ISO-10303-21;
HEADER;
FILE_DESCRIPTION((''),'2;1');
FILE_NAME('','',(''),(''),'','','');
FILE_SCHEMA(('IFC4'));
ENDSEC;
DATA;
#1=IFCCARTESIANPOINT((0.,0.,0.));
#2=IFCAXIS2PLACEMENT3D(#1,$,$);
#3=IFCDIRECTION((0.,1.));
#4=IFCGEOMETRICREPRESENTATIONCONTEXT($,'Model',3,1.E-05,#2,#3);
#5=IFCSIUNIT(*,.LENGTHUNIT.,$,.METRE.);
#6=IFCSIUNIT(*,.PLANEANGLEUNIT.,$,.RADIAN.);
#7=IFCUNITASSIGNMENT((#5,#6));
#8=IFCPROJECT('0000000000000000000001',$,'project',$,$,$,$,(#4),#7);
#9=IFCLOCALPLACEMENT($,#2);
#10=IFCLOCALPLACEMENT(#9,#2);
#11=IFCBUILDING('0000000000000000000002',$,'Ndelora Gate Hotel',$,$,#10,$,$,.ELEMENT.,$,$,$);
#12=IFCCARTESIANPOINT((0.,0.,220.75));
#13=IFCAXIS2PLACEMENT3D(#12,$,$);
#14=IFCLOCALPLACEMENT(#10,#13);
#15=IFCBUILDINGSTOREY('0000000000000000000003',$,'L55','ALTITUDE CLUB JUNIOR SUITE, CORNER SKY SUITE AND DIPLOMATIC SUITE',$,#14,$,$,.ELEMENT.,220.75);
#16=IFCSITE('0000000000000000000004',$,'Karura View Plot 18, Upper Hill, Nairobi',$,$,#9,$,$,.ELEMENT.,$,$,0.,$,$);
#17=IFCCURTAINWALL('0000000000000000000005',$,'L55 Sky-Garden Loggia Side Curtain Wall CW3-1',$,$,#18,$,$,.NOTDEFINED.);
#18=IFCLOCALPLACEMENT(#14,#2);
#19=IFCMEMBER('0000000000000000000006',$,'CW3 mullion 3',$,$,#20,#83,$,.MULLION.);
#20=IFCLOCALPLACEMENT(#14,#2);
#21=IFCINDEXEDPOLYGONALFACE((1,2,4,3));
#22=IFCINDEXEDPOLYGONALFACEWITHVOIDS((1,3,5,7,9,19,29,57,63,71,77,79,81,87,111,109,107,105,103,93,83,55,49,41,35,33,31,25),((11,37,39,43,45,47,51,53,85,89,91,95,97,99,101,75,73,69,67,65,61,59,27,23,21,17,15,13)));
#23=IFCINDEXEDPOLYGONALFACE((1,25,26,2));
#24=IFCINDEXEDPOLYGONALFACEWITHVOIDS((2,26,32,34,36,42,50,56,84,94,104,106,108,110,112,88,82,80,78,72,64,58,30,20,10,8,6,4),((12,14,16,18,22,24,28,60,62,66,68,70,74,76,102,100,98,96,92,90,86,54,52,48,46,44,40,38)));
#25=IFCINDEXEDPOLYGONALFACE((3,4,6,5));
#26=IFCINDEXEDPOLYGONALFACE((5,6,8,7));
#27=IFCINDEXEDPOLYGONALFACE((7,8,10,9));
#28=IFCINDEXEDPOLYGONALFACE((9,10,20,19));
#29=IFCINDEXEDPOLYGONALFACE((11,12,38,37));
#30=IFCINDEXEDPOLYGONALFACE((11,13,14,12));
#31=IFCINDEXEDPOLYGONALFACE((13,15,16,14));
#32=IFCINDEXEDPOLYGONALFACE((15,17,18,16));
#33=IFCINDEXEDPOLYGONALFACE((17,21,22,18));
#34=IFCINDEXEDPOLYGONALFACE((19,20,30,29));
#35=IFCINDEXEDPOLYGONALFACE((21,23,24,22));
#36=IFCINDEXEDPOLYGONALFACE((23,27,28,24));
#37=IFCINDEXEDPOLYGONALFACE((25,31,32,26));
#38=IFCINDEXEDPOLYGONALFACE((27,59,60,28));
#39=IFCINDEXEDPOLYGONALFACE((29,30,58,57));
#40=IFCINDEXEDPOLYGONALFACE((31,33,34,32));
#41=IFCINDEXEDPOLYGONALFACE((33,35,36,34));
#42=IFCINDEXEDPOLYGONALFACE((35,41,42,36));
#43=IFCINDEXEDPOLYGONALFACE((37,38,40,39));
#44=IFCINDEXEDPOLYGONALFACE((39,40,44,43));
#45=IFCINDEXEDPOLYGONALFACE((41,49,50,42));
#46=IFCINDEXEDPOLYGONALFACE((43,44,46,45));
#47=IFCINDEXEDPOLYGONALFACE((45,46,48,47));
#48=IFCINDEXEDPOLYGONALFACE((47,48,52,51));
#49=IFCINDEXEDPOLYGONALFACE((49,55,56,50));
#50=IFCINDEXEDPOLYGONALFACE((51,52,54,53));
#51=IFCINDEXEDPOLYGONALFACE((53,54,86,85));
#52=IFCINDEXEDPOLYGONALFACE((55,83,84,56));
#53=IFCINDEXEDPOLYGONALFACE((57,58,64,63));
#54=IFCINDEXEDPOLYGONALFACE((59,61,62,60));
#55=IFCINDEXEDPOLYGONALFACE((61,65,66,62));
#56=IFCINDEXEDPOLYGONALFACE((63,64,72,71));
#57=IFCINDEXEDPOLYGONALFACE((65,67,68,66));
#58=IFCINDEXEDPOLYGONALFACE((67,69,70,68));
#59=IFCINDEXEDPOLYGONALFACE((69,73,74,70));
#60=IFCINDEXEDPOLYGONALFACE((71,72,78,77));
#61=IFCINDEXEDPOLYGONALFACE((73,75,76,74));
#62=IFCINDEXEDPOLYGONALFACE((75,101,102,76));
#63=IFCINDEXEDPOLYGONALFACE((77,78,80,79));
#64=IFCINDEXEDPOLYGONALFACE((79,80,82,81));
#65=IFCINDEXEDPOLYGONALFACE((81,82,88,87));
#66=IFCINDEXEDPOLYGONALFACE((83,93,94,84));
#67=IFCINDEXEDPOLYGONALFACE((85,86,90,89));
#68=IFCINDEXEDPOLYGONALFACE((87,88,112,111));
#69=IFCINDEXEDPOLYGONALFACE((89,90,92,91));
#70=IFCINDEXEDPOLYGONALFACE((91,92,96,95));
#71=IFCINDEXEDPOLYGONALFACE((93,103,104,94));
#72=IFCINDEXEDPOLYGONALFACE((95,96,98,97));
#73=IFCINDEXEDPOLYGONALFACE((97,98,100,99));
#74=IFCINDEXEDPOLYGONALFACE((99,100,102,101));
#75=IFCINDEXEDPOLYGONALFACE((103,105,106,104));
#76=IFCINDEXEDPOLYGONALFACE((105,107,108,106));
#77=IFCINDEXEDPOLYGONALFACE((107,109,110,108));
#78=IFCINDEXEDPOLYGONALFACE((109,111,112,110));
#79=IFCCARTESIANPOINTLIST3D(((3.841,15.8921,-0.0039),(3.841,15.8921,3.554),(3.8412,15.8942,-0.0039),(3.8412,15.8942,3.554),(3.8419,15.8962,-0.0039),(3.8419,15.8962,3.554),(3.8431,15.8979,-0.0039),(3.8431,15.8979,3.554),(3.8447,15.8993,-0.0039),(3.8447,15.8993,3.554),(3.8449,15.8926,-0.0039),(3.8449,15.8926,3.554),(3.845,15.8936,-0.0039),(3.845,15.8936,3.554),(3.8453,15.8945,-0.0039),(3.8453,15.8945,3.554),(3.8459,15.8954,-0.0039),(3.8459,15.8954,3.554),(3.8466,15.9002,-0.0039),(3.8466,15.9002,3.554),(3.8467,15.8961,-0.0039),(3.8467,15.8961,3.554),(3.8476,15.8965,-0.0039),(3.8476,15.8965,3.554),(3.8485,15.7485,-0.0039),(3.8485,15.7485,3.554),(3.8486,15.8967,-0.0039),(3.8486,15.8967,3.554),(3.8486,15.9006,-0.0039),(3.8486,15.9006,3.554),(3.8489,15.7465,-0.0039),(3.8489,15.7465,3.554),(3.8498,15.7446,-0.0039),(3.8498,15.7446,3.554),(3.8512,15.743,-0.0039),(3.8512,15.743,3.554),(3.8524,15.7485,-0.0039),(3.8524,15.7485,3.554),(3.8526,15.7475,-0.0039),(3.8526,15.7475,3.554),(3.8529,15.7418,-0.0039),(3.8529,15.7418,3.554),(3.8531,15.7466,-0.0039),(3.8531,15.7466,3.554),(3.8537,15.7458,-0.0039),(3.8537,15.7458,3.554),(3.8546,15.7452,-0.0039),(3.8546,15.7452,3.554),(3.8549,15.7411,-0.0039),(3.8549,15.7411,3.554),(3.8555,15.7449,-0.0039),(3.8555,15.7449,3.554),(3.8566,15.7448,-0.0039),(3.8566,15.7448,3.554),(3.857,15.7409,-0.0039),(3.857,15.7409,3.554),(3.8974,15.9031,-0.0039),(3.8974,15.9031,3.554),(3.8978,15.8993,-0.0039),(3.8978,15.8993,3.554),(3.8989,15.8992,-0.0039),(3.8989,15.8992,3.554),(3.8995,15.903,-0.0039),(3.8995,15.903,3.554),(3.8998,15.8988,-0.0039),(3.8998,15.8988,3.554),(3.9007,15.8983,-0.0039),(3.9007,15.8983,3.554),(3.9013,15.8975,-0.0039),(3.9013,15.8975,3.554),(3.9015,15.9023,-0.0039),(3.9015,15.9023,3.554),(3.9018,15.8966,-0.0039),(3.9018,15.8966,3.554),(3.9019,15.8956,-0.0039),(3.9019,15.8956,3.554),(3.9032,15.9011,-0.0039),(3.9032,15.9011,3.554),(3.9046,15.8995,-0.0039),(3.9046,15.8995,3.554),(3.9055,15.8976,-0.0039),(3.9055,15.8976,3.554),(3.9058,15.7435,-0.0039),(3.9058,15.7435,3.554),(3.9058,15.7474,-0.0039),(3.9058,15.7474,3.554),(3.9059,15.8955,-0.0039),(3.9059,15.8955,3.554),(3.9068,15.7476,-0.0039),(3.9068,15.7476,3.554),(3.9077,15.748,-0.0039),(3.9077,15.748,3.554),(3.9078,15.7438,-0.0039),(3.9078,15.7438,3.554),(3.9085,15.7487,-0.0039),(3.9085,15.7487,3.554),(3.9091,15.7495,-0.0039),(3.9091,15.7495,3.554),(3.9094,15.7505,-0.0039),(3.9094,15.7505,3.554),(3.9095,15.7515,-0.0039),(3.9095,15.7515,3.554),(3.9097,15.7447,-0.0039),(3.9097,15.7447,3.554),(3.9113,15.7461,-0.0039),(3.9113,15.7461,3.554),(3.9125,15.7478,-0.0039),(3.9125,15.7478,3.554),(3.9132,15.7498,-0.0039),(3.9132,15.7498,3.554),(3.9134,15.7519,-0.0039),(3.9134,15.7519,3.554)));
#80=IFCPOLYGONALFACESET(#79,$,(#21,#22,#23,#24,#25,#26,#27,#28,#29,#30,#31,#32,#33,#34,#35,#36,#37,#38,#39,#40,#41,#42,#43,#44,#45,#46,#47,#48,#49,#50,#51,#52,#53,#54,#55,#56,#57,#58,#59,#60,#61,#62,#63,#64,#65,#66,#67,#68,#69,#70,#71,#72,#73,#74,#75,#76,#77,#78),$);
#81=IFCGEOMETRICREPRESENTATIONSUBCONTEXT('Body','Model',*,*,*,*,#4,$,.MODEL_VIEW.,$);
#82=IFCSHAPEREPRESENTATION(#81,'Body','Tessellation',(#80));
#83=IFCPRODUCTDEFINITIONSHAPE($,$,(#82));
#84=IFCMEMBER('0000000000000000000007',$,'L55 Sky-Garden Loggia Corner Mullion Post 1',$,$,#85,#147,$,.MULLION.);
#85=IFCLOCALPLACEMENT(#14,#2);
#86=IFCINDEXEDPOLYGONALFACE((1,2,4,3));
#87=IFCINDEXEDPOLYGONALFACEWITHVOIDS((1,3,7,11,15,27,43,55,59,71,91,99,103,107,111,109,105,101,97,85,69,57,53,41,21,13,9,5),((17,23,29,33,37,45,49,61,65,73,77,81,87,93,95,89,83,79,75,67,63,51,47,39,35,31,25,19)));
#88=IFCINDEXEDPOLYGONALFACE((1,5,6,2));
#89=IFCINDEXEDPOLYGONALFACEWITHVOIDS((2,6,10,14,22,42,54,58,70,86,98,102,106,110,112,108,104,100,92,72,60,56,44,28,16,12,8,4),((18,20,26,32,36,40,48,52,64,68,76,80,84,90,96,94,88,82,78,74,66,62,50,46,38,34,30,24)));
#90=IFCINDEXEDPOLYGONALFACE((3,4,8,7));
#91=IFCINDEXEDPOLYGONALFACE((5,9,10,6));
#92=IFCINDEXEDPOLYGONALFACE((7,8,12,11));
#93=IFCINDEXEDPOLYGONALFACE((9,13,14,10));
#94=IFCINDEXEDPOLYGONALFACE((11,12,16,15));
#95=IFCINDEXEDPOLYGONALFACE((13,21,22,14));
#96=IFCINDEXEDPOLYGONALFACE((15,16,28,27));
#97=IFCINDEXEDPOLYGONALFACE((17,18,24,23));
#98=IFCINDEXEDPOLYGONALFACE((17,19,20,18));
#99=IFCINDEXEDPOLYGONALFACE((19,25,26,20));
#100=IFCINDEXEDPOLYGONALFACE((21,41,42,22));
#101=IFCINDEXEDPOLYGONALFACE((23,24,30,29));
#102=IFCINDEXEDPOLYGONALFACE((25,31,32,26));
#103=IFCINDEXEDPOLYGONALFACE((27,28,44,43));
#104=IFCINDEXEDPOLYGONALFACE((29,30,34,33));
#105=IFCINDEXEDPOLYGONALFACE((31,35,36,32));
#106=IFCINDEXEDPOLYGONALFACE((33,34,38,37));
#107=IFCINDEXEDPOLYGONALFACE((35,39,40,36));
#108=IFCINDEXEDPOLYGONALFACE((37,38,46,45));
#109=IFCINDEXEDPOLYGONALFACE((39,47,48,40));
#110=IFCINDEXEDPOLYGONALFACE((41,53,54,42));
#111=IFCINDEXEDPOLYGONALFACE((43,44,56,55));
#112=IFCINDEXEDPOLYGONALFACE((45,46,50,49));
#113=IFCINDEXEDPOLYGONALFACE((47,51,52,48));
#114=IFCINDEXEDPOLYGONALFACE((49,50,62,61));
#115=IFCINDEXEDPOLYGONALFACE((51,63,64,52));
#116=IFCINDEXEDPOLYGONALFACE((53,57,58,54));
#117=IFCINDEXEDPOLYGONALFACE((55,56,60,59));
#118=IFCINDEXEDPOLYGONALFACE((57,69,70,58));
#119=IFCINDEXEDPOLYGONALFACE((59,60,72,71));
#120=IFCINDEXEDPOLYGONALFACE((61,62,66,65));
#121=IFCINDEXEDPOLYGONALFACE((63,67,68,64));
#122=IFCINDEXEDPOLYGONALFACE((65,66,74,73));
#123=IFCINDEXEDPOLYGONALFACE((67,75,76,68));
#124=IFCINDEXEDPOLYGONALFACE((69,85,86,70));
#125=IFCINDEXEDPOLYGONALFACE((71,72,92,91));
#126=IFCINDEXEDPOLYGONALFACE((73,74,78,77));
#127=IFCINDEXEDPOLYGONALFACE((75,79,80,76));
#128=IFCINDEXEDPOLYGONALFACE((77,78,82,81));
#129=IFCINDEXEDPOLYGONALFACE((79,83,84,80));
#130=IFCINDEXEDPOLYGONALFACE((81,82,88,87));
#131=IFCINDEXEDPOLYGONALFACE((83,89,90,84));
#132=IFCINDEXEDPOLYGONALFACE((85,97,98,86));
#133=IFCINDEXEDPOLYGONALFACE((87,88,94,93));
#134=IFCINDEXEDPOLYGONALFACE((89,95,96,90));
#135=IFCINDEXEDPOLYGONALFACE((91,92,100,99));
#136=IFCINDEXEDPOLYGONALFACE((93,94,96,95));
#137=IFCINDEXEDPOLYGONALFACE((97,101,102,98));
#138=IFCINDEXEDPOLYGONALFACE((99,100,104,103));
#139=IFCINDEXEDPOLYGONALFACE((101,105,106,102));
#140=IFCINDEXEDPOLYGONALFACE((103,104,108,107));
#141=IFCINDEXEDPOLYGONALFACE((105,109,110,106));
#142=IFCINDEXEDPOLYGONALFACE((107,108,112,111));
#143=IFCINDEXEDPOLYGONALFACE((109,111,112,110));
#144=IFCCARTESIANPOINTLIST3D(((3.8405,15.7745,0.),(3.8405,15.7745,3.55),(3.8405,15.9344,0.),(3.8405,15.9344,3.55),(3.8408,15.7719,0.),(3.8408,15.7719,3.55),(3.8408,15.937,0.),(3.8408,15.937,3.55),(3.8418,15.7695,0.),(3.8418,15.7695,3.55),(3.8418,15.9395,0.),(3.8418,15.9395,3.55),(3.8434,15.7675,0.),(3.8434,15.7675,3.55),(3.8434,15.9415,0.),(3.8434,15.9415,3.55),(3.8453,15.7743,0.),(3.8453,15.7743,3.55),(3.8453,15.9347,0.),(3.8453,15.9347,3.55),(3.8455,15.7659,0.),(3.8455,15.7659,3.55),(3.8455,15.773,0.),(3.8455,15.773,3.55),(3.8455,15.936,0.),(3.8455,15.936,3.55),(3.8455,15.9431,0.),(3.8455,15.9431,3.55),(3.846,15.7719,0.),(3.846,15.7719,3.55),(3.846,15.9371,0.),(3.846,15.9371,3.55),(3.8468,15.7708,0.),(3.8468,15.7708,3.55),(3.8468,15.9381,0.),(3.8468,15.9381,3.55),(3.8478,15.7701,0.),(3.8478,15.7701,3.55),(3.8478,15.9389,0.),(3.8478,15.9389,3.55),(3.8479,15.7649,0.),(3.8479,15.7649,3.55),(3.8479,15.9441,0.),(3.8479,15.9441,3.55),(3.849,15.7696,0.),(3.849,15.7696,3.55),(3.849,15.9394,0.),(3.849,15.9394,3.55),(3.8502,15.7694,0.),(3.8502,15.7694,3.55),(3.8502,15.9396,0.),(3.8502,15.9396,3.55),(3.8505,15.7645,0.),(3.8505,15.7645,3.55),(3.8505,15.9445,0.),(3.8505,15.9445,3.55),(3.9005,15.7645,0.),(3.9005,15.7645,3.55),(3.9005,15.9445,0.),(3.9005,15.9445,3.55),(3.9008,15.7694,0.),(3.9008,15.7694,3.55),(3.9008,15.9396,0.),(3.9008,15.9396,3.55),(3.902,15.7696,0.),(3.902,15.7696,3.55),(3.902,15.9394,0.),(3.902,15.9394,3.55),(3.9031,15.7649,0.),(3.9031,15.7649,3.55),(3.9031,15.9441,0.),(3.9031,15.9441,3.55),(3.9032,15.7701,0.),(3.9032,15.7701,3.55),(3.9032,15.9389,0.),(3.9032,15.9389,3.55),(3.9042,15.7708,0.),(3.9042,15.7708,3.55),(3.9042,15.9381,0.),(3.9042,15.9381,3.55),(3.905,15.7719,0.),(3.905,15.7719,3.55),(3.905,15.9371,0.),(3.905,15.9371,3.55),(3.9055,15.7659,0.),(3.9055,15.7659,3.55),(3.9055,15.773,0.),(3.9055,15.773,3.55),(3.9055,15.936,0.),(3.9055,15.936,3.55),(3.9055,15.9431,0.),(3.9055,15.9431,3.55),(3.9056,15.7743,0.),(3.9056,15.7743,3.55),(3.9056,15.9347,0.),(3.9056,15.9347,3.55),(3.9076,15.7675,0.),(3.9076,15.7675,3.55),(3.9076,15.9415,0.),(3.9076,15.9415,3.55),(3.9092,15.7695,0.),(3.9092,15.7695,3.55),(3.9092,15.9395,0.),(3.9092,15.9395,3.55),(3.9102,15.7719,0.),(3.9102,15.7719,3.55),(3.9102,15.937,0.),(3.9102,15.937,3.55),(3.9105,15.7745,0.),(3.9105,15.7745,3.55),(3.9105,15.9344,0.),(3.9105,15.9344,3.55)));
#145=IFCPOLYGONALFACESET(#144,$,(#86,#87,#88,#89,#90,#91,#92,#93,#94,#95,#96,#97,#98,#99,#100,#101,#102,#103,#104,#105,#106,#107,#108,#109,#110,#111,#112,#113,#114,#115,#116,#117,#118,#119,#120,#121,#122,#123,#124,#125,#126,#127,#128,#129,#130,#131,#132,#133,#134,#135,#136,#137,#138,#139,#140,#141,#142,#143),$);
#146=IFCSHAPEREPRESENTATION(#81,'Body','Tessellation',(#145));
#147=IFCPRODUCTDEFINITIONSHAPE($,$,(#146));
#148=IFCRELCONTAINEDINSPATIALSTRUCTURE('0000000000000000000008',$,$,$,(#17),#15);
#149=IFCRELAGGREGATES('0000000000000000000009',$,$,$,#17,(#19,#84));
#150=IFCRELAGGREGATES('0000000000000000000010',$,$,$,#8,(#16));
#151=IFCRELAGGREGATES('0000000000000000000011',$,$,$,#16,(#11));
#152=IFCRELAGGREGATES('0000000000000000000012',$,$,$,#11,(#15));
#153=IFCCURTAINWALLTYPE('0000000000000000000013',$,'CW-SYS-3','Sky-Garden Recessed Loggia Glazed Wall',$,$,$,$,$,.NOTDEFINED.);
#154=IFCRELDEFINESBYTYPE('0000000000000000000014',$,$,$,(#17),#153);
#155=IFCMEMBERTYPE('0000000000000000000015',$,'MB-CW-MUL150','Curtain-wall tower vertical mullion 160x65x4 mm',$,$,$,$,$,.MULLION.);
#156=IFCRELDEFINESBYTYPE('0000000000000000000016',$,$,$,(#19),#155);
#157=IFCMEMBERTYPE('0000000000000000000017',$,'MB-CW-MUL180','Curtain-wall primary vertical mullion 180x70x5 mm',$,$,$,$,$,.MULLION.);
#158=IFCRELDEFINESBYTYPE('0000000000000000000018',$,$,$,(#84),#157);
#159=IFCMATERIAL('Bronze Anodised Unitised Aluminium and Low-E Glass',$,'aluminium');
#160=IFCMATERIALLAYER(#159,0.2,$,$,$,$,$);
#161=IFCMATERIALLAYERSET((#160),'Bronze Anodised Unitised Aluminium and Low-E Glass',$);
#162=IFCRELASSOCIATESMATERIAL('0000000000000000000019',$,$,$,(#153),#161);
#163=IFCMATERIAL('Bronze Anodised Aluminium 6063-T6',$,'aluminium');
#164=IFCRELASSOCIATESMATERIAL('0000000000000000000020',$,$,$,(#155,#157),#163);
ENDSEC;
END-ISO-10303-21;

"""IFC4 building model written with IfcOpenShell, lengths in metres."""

from ifc_helpers import new_model, si_unit, direction, frame, origin, origin_2d, place, context, subcontext, project, spatial, hollow_rectangle, extrude, material, layer, layer_set, material_profile, profile_set, type_object, element, aggregate, save


model = new_model("IFC4")

# Units and contexts
model_context = context("Model", 3, precision=1e-05, world=origin(), true_north=direction((0.0, 1.0)))
body_context = subcontext(model_context, "Body", "Model", "MODEL_VIEW")
ifc_project = project(units=[si_unit("LENGTHUNIT", "METRE"), si_unit("PLANEANGLEUNIT", "RADIAN")], contexts=[model_context])

# Site, building, storey
site_placement = place(None, origin())
site = spatial("IfcSite", under=ifc_project, at=site_placement, Name="Karura View Plot 18, Upper Hill, Nairobi", CompositionType="ELEMENT", RefElevation=0.0)
building_placement = place(site_placement, origin())
building = spatial("IfcBuilding", under=site, at=building_placement, Name="Ndelora Gate Hotel", CompositionType="ELEMENT")
storey_placement = place(building_placement, frame((0.0, 0.0, 220.75)))
storey = spatial("IfcBuildingStorey", under=building, at=storey_placement, Name="L55", Description="ALTITUDE CLUB JUNIOR SUITE, CORNER SKY SUITE AND DIPLOMATIC SUITE", CompositionType="ELEMENT", Elevation=220.75)

# Curtain wall, members
ifc_material_1 = material(Name="Bronze Anodised Unitised Aluminium and Low-E Glass", Category="aluminium")
ifc_layer_1 = layer(ifc_material_1, 0.2)
ifc_layer_set_1 = layer_set([ifc_layer_1], Name="Bronze Anodised Unitised Aluminium and Low-E Glass")
curtain_wall_type = type_object("IfcCurtainWallType", Name="CW-SYS-3", Description="Sky-Garden Recessed Loggia Glazed Wall", PredefinedType="NOTDEFINED", material=ifc_layer_set_1)
curtain_wall_placement = place(storey_placement, origin())
curtain_wall = element("IfcCurtainWall", 1, at=curtain_wall_placement, inside=storey, type_object=curtain_wall_type, Name="L55 Sky-Garden Loggia Side Curtain Wall CW3-1", PredefinedType="NOTDEFINED")
ifc_material_2 = material(Name="Bronze Anodised Aluminium 6063-T6", Category="aluminium")
ifc_material_profile_1 = material_profile(ifc_material_2, hollow_rectangle(XDim=0.0649, YDim=0.1599, WallThickness=0.0039, InnerFilletRadius=0.0039, OuterFilletRadius=0.0081, at=origin_2d()), Name="ALU 160x65x4")
ifc_profile_set_1 = profile_set([ifc_material_profile_1], Name="Bronze Anodised Aluminium 6063-T6")
member_type_1 = type_object("IfcMemberType", Name="MB-CW-MUL150", Description="Curtain-wall tower vertical mullion 160x65x4 mm", PredefinedType="MULLION", material=ifc_profile_set_1)
member_1_placement = place(storey_placement, frame((3.8772, 15.822, -0.0039), z_axis=(0.0, 0.0, 1.0), x_axis=(-0.99863, -0.052318, 0.0)))
member_1 = element("IfcMember", 2, at=member_1_placement, type_object=member_type_1, Name="CW3 mullion 3", PredefinedType="MULLION", context=body_context, shape_type="SweptSolid", body=[
    extrude(hollow_rectangle(XDim=0.0649, YDim=0.1599, WallThickness=0.0039, InnerFilletRadius=0.0039, OuterFilletRadius=0.0081, at=origin_2d()), origin(), (0.0, 0.0, 1.0), 3.5579),
])
ifc_material_profile_2 = material_profile(ifc_material_2, hollow_rectangle(XDim=0.0701, YDim=0.1799, WallThickness=0.0049, InnerFilletRadius=0.0049, OuterFilletRadius=0.01, at=origin_2d()), Name="ALU 180x70x5")
ifc_profile_set_2 = profile_set([ifc_material_profile_2], Name="Bronze Anodised Aluminium 6063-T6")
member_type_2 = type_object("IfcMemberType", Name="MB-CW-MUL180", Description="Curtain-wall primary vertical mullion 180x70x5 mm", PredefinedType="MULLION", material=ifc_profile_set_2)
member_2_placement = place(storey_placement, frame((3.8755, 15.8545, 0.0), z_axis=(0.0, 0.0, 1.0), x_axis=(1.0, 0.0, 0.0)))
member_2 = element("IfcMember", 3, at=member_2_placement, type_object=member_type_2, Name="L55 Sky-Garden Loggia Corner Mullion Post 1", PredefinedType="MULLION", context=body_context, shape_type="SweptSolid", body=[
    extrude(hollow_rectangle(XDim=0.0701, YDim=0.1799, WallThickness=0.0049, InnerFilletRadius=0.0049, OuterFilletRadius=0.01, at=origin_2d()), origin(), (0.0, 0.0, 1.0), 3.55),
])

aggregate(curtain_wall, [member_1, member_2])

save(model, "model.ifc")
